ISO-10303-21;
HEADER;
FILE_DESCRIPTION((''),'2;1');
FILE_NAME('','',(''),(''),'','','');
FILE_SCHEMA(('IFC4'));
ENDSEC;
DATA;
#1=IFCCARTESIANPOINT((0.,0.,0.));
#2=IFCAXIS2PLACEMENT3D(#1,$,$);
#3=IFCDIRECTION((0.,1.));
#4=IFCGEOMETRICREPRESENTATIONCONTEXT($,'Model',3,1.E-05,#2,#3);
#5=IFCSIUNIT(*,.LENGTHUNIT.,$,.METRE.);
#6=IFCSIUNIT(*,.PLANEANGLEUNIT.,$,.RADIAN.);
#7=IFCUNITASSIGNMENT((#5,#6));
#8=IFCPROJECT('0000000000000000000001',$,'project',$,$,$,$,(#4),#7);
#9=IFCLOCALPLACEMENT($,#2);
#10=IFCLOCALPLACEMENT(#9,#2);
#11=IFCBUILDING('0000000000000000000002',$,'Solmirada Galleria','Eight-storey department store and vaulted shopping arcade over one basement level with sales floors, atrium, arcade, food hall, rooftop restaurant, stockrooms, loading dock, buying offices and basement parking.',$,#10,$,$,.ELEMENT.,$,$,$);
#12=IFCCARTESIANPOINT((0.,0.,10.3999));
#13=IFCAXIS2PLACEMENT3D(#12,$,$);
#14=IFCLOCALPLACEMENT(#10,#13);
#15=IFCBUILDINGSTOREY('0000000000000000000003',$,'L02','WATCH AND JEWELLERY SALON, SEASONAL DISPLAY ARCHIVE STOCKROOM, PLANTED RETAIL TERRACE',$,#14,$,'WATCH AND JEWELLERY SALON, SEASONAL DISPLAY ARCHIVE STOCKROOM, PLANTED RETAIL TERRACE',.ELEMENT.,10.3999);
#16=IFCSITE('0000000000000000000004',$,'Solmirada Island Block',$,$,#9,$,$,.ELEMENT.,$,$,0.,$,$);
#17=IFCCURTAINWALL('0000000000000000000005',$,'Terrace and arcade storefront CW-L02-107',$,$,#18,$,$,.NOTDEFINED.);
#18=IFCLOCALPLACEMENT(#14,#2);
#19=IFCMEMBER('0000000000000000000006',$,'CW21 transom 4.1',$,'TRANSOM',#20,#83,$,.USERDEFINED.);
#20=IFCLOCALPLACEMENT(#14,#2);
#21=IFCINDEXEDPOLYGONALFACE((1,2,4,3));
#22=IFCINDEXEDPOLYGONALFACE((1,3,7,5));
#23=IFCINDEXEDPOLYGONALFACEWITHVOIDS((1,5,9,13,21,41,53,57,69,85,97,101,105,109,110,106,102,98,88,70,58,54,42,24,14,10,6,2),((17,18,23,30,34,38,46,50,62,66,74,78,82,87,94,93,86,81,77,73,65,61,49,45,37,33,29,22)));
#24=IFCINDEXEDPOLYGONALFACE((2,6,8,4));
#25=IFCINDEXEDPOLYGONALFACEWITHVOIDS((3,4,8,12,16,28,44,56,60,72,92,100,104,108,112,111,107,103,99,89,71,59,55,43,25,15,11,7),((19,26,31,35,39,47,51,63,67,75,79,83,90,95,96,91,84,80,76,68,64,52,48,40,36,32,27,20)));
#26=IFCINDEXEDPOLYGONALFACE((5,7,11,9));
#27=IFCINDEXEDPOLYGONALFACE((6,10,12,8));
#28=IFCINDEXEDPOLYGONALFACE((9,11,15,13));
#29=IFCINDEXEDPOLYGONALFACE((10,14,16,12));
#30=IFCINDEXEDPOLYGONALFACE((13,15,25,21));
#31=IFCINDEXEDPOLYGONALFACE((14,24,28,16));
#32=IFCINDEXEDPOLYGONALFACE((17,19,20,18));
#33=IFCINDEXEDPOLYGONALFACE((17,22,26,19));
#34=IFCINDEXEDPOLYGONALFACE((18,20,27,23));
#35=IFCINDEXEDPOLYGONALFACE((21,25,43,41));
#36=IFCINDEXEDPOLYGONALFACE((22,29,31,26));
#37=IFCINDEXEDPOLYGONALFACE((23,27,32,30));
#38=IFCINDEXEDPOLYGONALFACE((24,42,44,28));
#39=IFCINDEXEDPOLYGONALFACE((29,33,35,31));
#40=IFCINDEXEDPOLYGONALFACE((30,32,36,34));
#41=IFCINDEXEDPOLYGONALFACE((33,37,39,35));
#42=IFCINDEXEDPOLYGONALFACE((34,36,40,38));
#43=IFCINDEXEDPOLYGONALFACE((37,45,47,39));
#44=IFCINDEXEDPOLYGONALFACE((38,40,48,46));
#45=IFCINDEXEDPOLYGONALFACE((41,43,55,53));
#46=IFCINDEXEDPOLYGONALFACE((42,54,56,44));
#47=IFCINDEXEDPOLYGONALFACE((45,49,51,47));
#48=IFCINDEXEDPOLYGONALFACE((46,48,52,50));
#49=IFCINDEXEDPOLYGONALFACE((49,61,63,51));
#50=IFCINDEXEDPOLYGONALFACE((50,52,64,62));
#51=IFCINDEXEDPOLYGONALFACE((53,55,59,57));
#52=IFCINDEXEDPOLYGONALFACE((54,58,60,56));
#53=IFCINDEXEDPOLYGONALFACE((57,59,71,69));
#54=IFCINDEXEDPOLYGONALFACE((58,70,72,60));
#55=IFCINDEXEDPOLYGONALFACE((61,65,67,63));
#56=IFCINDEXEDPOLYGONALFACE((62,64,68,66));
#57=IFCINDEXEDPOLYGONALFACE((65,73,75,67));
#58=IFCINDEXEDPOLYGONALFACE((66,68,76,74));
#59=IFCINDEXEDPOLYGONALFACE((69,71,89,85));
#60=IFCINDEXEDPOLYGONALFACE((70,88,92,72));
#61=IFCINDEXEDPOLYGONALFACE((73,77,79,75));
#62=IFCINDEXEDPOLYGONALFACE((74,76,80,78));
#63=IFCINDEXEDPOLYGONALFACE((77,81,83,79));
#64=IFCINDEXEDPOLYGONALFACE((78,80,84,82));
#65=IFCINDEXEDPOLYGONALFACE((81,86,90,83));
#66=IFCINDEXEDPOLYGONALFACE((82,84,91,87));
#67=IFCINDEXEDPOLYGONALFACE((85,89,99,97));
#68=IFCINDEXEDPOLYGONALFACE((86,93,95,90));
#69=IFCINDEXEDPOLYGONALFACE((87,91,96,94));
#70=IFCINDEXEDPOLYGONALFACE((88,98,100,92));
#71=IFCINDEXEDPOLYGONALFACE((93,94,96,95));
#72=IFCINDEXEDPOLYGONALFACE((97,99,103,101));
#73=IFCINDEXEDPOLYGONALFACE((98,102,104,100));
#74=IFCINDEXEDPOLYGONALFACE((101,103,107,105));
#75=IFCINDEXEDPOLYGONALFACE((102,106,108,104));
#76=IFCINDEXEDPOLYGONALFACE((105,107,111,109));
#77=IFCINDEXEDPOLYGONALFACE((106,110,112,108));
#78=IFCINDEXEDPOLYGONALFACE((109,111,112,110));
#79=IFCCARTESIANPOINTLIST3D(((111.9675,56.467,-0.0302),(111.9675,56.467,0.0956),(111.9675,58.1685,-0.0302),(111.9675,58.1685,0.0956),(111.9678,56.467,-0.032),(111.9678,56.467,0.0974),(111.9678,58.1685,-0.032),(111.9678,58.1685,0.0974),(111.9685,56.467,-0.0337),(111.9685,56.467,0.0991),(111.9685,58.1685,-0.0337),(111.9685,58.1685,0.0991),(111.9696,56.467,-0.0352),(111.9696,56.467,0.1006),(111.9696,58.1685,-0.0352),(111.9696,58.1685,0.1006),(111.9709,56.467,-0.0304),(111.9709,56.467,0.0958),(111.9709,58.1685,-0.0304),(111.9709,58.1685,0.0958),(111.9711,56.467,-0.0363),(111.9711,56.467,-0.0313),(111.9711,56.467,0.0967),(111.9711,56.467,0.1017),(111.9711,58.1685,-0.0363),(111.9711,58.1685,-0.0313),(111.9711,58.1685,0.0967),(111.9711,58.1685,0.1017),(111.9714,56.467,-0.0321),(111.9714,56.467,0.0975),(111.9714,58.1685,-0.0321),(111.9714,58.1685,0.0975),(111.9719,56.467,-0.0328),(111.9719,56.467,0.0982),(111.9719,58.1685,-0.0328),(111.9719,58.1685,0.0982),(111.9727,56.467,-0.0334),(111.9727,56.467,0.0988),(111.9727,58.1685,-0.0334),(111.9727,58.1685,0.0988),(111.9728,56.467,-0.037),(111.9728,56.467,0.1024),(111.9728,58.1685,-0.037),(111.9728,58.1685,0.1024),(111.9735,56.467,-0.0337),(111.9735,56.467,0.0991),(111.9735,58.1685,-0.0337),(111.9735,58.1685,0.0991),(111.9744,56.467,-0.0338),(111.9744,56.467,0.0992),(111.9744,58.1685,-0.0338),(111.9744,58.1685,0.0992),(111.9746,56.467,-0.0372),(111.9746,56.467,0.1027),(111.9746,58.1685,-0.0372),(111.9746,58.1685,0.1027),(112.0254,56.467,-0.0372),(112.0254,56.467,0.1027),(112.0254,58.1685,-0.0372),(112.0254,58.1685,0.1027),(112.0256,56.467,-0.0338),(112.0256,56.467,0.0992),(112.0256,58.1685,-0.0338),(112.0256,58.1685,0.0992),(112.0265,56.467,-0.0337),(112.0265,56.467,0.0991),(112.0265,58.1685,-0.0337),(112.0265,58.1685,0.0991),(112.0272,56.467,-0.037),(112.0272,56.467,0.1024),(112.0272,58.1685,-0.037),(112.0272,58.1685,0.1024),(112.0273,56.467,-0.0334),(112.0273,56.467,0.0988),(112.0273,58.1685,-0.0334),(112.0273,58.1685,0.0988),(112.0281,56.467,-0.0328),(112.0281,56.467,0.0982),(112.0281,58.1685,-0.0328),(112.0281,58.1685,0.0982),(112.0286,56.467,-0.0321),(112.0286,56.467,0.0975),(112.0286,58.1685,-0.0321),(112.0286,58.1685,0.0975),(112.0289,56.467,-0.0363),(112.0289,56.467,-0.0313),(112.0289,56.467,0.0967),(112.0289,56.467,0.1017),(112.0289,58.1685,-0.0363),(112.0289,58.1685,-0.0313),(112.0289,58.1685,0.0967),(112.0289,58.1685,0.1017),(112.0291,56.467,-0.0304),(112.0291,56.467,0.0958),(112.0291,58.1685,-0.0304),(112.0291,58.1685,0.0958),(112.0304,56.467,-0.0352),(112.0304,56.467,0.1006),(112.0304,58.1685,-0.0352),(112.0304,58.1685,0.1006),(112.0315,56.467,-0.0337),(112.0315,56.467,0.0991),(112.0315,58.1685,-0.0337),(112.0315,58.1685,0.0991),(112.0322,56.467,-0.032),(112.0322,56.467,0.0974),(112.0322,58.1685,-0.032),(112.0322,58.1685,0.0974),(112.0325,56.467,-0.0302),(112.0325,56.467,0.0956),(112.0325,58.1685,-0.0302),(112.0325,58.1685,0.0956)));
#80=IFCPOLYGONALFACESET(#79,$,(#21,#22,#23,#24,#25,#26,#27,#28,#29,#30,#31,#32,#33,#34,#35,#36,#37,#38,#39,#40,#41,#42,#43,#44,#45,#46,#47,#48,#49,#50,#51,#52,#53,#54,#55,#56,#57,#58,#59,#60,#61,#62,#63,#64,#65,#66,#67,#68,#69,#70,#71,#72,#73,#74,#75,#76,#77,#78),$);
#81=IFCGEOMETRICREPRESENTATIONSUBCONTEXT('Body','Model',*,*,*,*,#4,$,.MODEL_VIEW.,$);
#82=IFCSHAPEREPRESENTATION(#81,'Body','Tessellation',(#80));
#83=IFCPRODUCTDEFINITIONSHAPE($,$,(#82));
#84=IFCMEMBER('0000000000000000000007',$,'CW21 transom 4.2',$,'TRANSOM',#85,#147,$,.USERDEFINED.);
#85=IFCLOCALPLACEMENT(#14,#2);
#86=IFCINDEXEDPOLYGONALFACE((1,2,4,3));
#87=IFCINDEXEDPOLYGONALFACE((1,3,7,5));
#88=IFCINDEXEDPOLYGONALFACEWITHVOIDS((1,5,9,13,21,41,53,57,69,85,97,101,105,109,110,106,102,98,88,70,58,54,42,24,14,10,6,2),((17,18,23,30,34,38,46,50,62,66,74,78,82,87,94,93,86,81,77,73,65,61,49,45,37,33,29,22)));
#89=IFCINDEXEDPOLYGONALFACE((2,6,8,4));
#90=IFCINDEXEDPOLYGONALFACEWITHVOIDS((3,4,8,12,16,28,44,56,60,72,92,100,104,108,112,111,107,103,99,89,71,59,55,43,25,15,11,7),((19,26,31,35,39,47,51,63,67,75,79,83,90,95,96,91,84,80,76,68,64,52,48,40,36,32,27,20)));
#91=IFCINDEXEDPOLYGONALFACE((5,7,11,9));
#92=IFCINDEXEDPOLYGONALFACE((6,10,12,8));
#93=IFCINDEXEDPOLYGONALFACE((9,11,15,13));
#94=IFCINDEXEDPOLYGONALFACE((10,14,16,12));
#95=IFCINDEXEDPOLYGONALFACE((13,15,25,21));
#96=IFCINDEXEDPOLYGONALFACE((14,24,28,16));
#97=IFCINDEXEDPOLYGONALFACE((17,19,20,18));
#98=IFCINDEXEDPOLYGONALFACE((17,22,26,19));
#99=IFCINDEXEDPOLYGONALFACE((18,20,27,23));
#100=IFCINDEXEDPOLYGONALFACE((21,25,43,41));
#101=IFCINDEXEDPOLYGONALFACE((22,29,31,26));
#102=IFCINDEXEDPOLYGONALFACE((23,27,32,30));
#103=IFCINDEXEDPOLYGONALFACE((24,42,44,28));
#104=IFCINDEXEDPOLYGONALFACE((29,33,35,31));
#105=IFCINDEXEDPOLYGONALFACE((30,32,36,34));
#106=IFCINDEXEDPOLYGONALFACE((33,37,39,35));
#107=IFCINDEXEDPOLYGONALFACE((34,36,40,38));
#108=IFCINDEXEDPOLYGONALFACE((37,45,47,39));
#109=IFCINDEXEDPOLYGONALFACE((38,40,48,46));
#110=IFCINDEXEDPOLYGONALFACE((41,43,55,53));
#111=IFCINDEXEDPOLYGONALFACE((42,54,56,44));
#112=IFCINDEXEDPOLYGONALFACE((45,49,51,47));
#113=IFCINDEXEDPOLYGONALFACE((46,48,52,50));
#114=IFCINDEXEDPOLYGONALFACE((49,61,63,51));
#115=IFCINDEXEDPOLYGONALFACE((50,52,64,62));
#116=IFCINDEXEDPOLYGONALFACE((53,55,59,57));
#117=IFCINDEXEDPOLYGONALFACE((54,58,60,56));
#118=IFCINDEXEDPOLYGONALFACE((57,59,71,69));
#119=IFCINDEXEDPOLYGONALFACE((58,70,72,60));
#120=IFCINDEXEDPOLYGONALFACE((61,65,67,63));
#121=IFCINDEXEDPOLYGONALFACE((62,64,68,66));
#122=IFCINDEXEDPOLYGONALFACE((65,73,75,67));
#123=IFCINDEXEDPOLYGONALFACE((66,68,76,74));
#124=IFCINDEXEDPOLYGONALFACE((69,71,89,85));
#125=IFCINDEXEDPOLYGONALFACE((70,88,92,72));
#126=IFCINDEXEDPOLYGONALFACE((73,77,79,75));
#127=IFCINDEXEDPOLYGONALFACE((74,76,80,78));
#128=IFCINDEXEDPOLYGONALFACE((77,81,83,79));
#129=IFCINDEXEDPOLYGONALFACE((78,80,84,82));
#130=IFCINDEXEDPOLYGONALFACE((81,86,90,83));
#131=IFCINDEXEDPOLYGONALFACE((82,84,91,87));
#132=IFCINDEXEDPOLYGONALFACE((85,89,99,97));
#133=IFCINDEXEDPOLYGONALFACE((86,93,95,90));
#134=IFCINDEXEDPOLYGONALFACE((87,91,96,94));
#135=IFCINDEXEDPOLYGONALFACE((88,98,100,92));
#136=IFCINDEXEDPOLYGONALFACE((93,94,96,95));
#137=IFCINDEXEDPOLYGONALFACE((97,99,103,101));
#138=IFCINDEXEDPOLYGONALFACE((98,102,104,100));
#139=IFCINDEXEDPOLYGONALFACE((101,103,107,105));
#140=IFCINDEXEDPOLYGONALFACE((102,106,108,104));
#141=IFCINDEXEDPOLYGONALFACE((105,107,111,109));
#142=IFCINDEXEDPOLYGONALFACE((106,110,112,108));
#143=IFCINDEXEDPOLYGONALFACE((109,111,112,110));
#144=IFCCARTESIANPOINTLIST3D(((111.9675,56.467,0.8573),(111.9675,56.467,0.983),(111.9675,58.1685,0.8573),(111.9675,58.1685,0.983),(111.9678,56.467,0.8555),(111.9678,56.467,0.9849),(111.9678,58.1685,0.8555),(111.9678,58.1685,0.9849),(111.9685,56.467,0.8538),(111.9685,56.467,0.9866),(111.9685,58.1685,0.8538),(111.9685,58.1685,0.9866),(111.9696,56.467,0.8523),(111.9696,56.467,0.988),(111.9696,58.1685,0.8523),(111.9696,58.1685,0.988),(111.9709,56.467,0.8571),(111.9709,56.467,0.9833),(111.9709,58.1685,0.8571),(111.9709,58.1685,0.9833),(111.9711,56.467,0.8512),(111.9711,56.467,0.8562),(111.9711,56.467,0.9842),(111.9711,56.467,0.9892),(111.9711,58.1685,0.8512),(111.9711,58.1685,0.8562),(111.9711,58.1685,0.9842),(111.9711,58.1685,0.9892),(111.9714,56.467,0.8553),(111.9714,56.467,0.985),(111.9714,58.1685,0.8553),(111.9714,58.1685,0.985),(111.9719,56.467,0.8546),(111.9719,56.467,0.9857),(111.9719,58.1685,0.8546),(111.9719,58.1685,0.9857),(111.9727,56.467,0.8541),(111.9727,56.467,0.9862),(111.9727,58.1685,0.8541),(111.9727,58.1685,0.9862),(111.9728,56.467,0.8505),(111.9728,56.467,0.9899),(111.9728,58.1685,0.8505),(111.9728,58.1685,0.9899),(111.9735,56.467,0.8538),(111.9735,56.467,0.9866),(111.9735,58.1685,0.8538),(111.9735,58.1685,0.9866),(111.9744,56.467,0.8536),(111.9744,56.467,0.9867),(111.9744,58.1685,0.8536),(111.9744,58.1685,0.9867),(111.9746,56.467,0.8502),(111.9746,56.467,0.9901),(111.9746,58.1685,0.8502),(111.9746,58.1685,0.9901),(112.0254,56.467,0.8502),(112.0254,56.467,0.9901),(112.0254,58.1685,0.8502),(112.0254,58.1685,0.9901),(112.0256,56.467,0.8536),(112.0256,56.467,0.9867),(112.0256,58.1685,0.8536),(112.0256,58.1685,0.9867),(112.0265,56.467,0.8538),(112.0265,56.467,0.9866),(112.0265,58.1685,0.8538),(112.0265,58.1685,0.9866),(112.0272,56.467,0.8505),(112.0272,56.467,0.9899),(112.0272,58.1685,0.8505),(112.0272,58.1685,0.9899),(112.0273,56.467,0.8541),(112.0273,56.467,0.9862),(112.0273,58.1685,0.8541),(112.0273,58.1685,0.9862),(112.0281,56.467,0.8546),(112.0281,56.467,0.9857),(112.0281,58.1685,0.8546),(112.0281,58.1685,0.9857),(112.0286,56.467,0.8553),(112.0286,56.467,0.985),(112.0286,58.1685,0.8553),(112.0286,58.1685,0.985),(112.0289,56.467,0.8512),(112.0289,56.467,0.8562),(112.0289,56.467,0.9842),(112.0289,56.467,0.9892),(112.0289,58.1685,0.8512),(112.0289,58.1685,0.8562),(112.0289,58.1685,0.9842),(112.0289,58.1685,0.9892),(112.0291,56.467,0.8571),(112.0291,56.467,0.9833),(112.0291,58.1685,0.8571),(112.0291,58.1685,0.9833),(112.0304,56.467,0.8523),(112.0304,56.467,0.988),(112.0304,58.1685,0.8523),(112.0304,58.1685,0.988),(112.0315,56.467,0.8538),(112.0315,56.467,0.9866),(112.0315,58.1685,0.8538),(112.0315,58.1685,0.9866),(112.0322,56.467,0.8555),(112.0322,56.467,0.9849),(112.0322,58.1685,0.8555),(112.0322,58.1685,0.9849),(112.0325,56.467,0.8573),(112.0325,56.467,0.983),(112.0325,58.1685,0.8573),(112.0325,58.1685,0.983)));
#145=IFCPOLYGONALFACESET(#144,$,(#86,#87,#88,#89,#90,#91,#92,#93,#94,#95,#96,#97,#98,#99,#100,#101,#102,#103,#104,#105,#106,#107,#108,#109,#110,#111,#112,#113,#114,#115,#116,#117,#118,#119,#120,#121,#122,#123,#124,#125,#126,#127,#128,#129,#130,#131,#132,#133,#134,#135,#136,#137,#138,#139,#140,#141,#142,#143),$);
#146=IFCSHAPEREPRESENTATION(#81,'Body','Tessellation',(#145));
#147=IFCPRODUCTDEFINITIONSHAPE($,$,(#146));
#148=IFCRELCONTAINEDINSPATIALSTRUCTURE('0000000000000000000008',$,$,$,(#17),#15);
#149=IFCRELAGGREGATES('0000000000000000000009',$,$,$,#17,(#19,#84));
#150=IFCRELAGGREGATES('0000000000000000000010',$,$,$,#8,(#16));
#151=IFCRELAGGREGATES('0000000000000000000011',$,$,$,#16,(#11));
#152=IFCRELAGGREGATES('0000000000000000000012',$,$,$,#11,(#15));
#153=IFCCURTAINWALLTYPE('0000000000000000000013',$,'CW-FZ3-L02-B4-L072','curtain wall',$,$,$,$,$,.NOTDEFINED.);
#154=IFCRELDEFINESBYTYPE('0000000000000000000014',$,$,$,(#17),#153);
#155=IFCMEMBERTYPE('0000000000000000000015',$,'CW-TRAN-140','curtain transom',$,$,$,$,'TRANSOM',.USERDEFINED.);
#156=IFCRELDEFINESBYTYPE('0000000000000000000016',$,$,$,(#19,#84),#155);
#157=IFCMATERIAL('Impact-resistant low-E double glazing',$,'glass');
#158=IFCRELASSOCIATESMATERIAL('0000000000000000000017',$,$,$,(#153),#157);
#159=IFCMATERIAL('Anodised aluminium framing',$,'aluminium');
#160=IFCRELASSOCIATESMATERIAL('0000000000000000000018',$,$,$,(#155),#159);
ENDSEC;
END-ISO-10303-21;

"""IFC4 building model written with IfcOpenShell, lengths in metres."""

from ifc_helpers import new_model, si_unit, direction, frame, origin, origin_2d, place, context, subcontext, project, spatial, hollow_rectangle, extrude, material, material_profile, profile_set, type_object, element, aggregate, save


model = new_model("IFC4")

# Units and contexts
model_context = context("Model", 3, precision=1e-05, world=origin(), true_north=direction((0.0, 1.0)))
body_context = subcontext(model_context, "Body", "Model", "MODEL_VIEW")
ifc_project = project(units=[si_unit("LENGTHUNIT", "METRE"), si_unit("PLANEANGLEUNIT", "RADIAN")], contexts=[model_context])

# Site, building, storey
site_placement = place(None, origin())
site = spatial("IfcSite", under=ifc_project, at=site_placement, Name="Solmirada Island Block", CompositionType="ELEMENT", RefElevation=0.0)
building_placement = place(site_placement, origin())
building = spatial("IfcBuilding", under=site, at=building_placement, Name="Solmirada Galleria", Description="Eight-storey department store and vaulted shopping arcade over one basement level with sales floors, atrium, arcade, food hall, rooftop restaurant, stockrooms, loading dock, buying offices and basement parking.", CompositionType="ELEMENT")
storey_placement = place(building_placement, frame((0.0, 0.0, 10.3999)))
storey = spatial("IfcBuildingStorey", under=building, at=storey_placement, Name="L02", Description="WATCH AND JEWELLERY SALON, SEASONAL DISPLAY ARCHIVE STOCKROOM, PLANTED RETAIL TERRACE", LongName="WATCH AND JEWELLERY SALON, SEASONAL DISPLAY ARCHIVE STOCKROOM, PLANTED RETAIL TERRACE", CompositionType="ELEMENT", Elevation=10.3999)

# Curtain wall
ifc_material_1 = material(Name="Impact-resistant low-E double glazing", Category="glass")
curtain_wall_type = type_object("IfcCurtainWallType", Name="CW-FZ3-L02-B4-L072", Description="curtain wall", PredefinedType="NOTDEFINED", material=ifc_material_1)
curtain_wall_1_placement = place(storey_placement, origin())
curtain_wall_1 = element("IfcCurtainWall", 1, at=curtain_wall_1_placement, inside=storey, type_object=curtain_wall_type, Name="Terrace and arcade storefront CW-L02-107", PredefinedType="NOTDEFINED")
ifc_material_2 = material(Name="Anodised aluminium framing", Category="aluminium")

# Members
ifc_material_profile_1 = material_profile(ifc_material_2, hollow_rectangle(XDim=0.0649, YDim=0.1399, WallThickness=0.0034, InnerFilletRadius=0.0034, OuterFilletRadius=0.0071, at=origin_2d()), Name="ALU-TRAN-140X65")
ifc_profile_set_1 = profile_set([ifc_material_profile_1], Name="Anodised aluminium framing")
member_type_1 = type_object("IfcMemberType", Name="CW-TRAN-140", Description="curtain transom", ElementType="TRANSOM", PredefinedType="USERDEFINED", material=ifc_profile_set_1)
member_1_placement = place(storey_placement, frame((112.0, 58.1685, 0.0327), z_axis=(0.0, -1.0, 0.0), x_axis=(1.0, 0.0, 0.0)))
member_1 = element("IfcMember", 2, at=member_1_placement, type_object=member_type_1, Name="CW21 transom 4.1", ObjectType="TRANSOM", PredefinedType="USERDEFINED", context=body_context, shape_type="SweptSolid", body=[
    extrude(hollow_rectangle(XDim=0.0649, YDim=0.1399, WallThickness=0.0034, InnerFilletRadius=0.0034, OuterFilletRadius=0.0071, at=origin_2d()), origin(), (0.0, 0.0, 1.0), 1.7014),
])
member_2_placement = place(storey_placement, frame((112.0, 58.1685, 0.9202), z_axis=(0.0, -1.0, 0.0), x_axis=(1.0, 0.0, 0.0)))
member_2 = element("IfcMember", 3, at=member_2_placement, type_object=member_type_1, Name="CW21 transom 4.2", ObjectType="TRANSOM", PredefinedType="USERDEFINED", context=body_context, shape_type="SweptSolid", body=[
    extrude(hollow_rectangle(XDim=0.0649, YDim=0.1399, WallThickness=0.0034, InnerFilletRadius=0.0034, OuterFilletRadius=0.0071, at=origin_2d()), origin(), (0.0, 0.0, 1.0), 1.7014),
])

aggregate(curtain_wall_1, [member_1, member_2])

save(model, "model.ifc")
